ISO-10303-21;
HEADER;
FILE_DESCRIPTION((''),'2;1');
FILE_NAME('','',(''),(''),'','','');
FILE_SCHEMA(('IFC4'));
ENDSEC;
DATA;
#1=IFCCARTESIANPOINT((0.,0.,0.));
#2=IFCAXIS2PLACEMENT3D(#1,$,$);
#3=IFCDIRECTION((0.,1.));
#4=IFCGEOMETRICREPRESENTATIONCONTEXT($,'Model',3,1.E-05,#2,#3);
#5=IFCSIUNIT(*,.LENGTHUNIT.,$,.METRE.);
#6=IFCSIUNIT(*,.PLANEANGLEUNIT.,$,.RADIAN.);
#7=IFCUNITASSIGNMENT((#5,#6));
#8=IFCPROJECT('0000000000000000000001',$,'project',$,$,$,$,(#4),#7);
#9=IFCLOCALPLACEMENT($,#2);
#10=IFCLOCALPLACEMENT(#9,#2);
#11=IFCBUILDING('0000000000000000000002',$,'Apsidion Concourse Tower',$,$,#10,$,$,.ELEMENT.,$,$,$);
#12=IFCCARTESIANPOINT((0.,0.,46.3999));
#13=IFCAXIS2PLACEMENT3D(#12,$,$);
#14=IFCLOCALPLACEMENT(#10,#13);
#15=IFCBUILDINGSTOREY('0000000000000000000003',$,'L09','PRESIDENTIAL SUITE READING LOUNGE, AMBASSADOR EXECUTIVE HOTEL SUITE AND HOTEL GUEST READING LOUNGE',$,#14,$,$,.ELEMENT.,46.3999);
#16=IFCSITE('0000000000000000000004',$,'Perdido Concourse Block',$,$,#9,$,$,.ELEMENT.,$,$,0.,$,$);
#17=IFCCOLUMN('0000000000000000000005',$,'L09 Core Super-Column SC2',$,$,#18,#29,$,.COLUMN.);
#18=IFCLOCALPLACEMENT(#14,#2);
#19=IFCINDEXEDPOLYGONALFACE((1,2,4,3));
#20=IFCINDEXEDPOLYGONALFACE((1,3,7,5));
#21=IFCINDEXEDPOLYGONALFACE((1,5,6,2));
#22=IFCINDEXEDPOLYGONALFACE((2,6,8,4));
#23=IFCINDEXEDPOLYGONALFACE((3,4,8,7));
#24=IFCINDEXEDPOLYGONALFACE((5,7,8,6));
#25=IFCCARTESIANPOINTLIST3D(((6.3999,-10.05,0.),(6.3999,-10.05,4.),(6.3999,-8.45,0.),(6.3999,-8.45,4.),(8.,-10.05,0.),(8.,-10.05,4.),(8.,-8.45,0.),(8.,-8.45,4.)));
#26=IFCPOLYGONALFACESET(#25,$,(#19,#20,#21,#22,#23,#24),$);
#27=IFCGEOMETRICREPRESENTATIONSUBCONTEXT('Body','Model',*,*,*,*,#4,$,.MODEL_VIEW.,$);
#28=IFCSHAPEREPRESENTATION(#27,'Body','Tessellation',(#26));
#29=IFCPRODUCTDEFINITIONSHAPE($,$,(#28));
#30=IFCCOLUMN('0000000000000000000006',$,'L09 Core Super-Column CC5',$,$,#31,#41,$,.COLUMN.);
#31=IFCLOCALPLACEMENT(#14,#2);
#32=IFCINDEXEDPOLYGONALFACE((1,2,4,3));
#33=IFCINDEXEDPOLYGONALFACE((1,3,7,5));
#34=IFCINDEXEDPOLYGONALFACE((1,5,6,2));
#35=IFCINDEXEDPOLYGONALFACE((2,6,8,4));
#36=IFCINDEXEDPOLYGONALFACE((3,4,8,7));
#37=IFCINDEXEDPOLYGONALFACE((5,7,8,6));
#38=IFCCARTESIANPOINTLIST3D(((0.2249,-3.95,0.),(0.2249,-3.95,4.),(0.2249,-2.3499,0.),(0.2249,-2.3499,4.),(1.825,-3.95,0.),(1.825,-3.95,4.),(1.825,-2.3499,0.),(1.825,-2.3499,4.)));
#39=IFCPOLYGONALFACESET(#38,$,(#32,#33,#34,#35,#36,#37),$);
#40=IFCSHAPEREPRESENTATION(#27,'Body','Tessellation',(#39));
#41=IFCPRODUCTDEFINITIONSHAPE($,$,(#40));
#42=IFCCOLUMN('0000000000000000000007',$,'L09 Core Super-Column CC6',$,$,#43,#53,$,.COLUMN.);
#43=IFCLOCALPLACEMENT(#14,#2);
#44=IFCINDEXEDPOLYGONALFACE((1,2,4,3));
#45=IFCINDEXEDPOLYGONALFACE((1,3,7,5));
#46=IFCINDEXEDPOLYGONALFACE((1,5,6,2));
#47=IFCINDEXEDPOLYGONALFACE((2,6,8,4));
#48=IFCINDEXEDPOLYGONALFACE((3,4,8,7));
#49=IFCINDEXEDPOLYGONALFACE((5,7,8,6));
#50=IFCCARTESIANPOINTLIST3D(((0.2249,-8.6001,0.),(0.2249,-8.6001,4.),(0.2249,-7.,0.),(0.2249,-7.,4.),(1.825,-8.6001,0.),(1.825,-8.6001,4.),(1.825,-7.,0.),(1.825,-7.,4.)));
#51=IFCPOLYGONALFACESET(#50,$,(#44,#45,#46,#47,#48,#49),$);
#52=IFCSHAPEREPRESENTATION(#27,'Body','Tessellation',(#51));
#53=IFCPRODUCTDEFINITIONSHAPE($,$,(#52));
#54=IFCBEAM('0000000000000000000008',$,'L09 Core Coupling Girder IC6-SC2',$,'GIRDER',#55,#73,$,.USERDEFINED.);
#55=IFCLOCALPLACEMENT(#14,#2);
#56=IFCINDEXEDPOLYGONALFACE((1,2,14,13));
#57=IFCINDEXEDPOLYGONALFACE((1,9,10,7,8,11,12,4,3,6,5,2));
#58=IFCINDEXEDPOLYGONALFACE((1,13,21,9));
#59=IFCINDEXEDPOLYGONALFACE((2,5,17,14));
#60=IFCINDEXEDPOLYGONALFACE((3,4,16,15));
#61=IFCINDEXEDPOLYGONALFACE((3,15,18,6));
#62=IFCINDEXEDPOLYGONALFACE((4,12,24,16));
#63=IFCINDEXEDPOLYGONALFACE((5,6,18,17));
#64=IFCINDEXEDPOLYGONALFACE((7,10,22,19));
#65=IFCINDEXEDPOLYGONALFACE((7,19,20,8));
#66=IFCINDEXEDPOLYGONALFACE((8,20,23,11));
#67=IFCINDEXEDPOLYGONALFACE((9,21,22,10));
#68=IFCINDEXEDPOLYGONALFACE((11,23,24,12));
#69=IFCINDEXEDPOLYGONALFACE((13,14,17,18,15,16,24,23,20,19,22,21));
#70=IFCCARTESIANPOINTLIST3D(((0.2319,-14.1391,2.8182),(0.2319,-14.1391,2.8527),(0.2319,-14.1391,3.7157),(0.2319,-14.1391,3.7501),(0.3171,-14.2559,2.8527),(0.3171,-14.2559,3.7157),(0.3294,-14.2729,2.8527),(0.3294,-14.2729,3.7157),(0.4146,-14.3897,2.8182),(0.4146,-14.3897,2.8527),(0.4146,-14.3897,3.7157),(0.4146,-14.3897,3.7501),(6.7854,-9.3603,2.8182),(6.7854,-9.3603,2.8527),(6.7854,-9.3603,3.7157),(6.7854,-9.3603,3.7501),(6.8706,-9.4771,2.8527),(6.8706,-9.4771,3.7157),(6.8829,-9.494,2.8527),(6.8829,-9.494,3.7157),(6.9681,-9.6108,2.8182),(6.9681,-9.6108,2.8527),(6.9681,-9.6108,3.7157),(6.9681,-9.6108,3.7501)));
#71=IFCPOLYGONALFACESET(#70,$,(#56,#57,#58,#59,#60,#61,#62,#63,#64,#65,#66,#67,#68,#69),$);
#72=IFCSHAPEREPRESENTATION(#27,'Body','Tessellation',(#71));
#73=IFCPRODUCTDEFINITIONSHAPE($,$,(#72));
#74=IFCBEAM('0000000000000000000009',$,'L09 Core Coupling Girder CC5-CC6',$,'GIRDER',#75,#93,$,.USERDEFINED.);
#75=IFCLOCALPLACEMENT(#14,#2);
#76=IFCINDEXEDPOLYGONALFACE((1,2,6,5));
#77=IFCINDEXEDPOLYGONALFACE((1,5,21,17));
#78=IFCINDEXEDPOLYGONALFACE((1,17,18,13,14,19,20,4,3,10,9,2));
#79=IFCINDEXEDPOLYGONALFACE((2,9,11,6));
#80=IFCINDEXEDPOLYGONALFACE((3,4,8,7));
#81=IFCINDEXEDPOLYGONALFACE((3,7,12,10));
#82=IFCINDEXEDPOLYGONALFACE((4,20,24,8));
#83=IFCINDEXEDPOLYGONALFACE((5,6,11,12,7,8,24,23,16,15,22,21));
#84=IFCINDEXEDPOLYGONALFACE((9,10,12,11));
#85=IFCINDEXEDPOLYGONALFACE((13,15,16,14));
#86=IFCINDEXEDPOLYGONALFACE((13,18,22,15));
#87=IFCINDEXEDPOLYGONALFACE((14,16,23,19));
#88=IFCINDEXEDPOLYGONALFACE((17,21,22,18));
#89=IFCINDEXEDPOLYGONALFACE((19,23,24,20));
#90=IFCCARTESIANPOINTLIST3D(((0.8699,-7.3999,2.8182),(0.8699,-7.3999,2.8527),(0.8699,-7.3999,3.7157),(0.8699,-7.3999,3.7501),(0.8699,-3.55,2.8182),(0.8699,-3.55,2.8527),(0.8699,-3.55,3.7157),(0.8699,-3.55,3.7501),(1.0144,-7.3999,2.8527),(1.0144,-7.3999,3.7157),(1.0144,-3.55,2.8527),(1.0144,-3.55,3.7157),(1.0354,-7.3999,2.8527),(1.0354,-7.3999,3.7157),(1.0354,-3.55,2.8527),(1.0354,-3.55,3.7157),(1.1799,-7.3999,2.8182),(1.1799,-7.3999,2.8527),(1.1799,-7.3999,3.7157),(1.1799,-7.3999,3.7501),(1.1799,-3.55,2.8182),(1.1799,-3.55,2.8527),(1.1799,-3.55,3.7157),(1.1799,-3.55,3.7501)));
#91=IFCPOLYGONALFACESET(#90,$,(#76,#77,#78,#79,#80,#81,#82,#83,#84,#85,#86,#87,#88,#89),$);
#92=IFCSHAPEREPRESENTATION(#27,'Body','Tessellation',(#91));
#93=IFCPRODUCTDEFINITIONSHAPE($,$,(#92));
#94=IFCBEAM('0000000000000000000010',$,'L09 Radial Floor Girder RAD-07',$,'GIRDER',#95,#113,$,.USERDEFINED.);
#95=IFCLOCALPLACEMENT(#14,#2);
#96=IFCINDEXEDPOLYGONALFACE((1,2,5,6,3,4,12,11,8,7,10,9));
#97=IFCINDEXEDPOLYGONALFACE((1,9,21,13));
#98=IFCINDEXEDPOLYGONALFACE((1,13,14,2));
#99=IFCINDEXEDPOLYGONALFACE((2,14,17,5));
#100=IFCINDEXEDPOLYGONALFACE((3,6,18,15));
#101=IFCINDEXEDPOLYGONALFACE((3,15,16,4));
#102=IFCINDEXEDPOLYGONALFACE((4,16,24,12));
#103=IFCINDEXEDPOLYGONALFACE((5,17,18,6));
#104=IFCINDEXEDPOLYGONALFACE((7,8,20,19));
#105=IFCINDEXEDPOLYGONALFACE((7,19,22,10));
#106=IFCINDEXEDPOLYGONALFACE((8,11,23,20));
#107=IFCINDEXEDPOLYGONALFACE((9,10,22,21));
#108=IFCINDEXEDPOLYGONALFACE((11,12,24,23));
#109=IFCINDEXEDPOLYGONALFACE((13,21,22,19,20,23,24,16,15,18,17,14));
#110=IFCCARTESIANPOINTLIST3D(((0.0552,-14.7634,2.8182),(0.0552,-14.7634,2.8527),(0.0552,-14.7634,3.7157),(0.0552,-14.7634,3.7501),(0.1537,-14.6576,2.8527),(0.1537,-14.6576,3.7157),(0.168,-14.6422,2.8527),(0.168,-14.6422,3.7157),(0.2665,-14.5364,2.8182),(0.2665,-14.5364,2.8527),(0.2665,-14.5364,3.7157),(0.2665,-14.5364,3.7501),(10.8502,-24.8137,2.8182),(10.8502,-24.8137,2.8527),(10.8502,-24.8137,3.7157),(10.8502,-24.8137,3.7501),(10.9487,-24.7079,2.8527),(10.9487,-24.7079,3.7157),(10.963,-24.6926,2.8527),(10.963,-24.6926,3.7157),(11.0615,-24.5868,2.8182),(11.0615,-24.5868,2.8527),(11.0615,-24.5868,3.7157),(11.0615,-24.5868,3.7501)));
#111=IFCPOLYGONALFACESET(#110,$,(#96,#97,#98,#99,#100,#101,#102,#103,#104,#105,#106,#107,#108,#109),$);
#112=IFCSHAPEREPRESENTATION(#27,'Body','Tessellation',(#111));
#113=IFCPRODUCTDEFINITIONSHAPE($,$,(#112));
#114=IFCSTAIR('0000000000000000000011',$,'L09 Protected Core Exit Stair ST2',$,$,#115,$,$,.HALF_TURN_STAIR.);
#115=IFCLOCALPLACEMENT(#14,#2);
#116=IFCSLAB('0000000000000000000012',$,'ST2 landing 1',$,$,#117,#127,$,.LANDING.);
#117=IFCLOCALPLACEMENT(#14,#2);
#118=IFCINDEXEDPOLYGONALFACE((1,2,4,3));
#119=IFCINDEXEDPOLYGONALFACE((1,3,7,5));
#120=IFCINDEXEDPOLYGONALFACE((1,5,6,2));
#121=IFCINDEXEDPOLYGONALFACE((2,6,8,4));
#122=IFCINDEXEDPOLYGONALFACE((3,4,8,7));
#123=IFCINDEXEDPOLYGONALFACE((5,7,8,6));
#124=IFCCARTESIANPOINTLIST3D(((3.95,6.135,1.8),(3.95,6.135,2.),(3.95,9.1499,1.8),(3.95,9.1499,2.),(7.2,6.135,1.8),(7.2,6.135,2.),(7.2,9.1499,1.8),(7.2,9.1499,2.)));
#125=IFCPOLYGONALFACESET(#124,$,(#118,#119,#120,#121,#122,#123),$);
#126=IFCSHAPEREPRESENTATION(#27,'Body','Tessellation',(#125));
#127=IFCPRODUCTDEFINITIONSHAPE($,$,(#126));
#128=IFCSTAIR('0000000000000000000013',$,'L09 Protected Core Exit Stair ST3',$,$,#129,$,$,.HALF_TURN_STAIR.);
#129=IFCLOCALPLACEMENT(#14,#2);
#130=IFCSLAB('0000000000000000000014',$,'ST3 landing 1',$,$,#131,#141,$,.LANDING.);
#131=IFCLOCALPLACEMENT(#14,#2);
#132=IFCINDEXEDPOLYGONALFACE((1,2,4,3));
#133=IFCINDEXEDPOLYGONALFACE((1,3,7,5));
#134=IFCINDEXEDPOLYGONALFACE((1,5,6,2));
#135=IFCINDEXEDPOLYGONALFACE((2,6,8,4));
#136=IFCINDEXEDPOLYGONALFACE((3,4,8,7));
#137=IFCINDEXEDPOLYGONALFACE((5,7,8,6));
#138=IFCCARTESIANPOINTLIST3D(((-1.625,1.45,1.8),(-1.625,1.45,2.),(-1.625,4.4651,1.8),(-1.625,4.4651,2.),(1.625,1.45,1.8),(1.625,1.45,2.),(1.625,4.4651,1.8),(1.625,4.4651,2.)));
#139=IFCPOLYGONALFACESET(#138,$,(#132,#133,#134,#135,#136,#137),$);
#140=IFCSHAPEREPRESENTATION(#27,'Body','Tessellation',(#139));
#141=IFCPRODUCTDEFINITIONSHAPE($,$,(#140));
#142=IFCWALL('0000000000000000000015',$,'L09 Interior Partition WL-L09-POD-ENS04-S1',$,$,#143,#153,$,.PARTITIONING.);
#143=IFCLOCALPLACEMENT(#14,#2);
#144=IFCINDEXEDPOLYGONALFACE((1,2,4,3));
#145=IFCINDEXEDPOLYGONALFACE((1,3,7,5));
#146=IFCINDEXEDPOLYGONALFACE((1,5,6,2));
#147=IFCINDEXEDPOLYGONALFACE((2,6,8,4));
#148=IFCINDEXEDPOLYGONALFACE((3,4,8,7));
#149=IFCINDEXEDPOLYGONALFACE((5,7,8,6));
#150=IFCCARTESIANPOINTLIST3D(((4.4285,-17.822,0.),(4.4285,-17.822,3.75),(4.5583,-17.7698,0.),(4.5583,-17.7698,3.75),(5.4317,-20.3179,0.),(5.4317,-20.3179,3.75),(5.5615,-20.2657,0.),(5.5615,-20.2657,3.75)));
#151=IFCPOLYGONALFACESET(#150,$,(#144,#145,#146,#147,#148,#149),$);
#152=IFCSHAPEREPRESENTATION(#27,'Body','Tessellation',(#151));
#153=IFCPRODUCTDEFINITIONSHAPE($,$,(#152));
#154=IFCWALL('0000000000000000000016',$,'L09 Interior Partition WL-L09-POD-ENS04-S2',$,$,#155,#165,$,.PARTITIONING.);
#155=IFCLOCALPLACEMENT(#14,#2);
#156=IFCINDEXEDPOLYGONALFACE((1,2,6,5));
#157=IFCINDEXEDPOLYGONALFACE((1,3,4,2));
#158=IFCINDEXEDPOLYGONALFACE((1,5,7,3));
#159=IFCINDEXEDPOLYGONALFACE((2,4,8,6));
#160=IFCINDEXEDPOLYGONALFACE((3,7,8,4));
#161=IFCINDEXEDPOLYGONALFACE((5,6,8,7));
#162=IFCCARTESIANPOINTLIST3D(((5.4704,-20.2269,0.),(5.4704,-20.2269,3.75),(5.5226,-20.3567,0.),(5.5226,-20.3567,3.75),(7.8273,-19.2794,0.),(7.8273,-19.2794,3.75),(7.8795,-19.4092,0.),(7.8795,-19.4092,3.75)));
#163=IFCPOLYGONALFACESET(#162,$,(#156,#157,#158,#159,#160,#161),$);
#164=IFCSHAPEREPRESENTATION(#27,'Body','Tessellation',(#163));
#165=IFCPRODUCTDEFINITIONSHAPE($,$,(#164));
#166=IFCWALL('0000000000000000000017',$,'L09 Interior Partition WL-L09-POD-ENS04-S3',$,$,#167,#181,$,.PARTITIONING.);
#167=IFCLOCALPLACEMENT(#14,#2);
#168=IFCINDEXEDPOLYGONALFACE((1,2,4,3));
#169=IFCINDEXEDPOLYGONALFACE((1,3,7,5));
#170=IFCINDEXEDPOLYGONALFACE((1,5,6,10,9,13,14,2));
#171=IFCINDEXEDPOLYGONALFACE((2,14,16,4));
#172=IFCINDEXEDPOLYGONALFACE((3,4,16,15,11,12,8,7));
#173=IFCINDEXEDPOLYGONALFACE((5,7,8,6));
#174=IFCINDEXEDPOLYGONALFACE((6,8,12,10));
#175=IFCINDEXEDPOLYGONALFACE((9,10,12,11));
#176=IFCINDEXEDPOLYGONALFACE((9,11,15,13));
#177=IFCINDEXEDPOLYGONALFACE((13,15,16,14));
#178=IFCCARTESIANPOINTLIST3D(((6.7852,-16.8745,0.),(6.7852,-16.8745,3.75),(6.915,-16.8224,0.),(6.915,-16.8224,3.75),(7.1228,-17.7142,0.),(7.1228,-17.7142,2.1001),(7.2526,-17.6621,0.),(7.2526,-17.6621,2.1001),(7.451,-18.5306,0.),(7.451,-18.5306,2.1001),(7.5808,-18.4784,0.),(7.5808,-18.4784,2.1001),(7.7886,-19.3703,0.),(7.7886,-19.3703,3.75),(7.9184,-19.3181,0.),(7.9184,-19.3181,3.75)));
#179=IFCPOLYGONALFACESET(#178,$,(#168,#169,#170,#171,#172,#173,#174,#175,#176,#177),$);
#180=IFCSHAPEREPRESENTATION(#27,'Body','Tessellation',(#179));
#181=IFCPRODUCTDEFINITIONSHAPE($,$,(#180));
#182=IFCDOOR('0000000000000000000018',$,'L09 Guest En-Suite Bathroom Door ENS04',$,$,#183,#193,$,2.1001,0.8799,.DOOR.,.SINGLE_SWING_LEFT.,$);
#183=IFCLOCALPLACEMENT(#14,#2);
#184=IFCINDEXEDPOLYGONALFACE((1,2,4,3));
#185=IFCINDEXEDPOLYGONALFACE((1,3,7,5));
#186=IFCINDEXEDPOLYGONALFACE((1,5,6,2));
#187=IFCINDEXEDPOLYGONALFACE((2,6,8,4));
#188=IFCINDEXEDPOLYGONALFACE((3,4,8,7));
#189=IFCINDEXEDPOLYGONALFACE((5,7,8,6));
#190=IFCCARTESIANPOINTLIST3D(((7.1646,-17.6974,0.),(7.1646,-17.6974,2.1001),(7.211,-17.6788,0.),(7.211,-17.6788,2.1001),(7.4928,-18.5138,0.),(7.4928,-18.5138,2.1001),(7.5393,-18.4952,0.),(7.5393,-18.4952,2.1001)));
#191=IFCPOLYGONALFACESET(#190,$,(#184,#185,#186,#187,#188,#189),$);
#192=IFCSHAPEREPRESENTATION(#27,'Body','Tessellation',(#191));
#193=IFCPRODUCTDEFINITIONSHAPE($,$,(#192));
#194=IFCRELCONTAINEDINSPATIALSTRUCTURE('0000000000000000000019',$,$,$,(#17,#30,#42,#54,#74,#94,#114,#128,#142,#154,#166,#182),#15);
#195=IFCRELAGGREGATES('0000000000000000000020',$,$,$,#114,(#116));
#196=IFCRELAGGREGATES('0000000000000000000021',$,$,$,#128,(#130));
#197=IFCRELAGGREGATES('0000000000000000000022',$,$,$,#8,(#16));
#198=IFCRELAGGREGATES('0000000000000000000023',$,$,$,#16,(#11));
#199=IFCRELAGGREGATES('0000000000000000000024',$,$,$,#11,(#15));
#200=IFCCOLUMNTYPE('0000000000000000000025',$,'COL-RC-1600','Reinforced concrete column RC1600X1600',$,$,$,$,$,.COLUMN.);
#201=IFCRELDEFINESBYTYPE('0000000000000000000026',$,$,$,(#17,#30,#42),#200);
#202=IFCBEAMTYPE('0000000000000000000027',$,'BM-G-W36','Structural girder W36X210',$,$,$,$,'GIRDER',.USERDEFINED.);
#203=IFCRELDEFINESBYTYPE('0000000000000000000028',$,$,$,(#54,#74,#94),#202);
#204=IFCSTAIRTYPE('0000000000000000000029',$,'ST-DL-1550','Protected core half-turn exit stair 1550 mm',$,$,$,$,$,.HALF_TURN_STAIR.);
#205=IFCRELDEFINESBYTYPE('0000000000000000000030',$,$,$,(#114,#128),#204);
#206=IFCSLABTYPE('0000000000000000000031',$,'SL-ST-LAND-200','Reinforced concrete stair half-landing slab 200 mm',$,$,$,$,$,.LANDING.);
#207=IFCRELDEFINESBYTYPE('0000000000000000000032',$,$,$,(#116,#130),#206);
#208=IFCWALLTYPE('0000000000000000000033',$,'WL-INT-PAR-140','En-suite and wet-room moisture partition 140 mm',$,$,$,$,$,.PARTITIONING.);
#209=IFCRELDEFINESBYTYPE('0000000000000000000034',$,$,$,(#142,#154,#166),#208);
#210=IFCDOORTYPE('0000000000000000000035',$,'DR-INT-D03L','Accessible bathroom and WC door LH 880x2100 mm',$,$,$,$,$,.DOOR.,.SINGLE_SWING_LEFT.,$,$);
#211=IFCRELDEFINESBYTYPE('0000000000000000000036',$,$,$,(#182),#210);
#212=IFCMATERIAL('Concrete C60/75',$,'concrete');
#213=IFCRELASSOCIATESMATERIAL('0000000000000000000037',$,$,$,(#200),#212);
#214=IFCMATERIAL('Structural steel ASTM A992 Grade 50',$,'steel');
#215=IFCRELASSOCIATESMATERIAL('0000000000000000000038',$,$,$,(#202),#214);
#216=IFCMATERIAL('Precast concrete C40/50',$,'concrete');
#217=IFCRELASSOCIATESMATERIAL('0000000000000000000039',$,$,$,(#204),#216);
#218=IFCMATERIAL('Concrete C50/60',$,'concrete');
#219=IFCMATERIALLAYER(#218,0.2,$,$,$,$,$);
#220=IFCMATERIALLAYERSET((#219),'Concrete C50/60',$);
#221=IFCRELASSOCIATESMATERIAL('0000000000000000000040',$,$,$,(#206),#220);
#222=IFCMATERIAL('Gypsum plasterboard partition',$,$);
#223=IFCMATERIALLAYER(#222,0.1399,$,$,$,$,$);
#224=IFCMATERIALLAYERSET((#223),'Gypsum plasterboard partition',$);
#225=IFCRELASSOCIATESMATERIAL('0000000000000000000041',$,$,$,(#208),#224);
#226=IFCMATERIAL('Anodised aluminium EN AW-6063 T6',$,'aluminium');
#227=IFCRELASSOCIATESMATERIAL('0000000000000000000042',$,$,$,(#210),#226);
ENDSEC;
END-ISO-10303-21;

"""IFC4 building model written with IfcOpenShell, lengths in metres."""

from ifc_helpers import new_model, si_unit, direction, frame, frame_2d, origin, origin_2d, place, context, subcontext, project, spatial, polyline, rectangle, i_section, outline, extrude, material, layer, layer_set, material_profile, profile_set, type_object, element, fill, aggregate, save


model = new_model("IFC4")

# Units and contexts
model_context = context("Model", 3, precision=1e-05, world=origin(), true_north=direction((0.0, 1.0)))
body_context = subcontext(model_context, "Body", "Model", "MODEL_VIEW")
ifc_project = project(units=[si_unit("LENGTHUNIT", "METRE"), si_unit("PLANEANGLEUNIT", "RADIAN")], contexts=[model_context])

# Site, building, storey
site_placement = place(None, origin())
site = spatial("IfcSite", under=ifc_project, at=site_placement, Name="Perdido Concourse Block", CompositionType="ELEMENT", RefElevation=0.0)
building_placement = place(site_placement, origin())
building = spatial("IfcBuilding", under=site, at=building_placement, Name="Apsidion Concourse Tower", CompositionType="ELEMENT")
storey_placement = place(building_placement, frame((0.0, 0.0, 46.3999)))
storey = spatial("IfcBuildingStorey", under=building, at=storey_placement, Name="L09", Description="PRESIDENTIAL SUITE READING LOUNGE, AMBASSADOR EXECUTIVE HOTEL SUITE AND HOTEL GUEST READING LOUNGE", CompositionType="ELEMENT", Elevation=46.3999)

# Columns
ifc_material_1 = material(Name="Concrete C60/75", Category="concrete")
ifc_material_profile_1 = material_profile(ifc_material_1, rectangle(XDim=1.6001, YDim=1.6001, at=origin_2d()), Name="RC 1600x1600")
ifc_profile_set_1 = profile_set([ifc_material_profile_1], Name="Concrete C60/75")
column_type = type_object("IfcColumnType", Name="COL-RC-1600", Description="Reinforced concrete column RC1600X1600", PredefinedType="COLUMN", material=ifc_profile_set_1)
for number, where, z_axis, x_axis, name in (
    (1, (7.2, -9.25, 0.0), (0.0, 0.0, 1.0), (1.0, 0.0, 0.0), "L09 Core Super-Column SC2"),
    (2, (1.0249, -3.1499, 0.0), (0.0, 0.0, 1.0), (1.0, 0.0, 0.0), "L09 Core Super-Column CC5"),
    (3, (1.0249, -7.8, 0.0), (0.0, 0.0, 1.0), (1.0, 0.0, 0.0), "L09 Core Super-Column CC6"),
):
    element("IfcColumn", number, at=place(storey_placement, frame(where, z_axis=z_axis, x_axis=x_axis)), inside=storey, type_object=column_type, Name=name, PredefinedType="COLUMN", context=body_context, shape_type="SweptSolid", body=[
        extrude(rectangle(XDim=1.6001, YDim=1.6001, at=origin_2d()), origin(), (0.0, 0.0, 1.0), 4.0),
    ])

# Beams
ifc_material_2 = material(Name="Structural steel ASTM A992 Grade 50", Category="steel")
ifc_material_profile_2 = material_profile(ifc_material_2, i_section(OverallWidth=0.3101, OverallDepth=0.9319, WebThickness=0.021, FlangeThickness=0.0344, at=origin_2d()), Name="W36X210")
ifc_profile_set_2 = profile_set([ifc_material_profile_2], Name="Structural steel ASTM A992 Grade 50")
beam_type = type_object("IfcBeamType", Name="BM-G-W36", Description="Structural girder W36X210", ElementType="GIRDER", PredefinedType="USERDEFINED", material=ifc_profile_set_2)
beam_1_placement = place(storey_placement, frame((0.3232, -14.2644, 3.2842), z_axis=(0.807993, 0.589191, 0.0), x_axis=(-0.589191, 0.807993, 0.0)))
element("IfcBeam", 4, at=beam_1_placement, inside=storey, type_object=beam_type, Name="L09 Core Coupling Girder IC6-SC2", ObjectType="GIRDER", PredefinedType="USERDEFINED", context=body_context, shape_type="SweptSolid", body=[
    extrude(i_section(OverallWidth=0.3101, OverallDepth=0.9319, WebThickness=0.021, FlangeThickness=0.0344, at=origin_2d()), origin(), (0.0, 0.0, 1.0), 8.1108),
])
beam_2_placement = place(storey_placement, frame((1.0249, -3.55, 3.2842), z_axis=(0.0, -1.0, 0.0), x_axis=(1.0, 0.0, 0.0)))
element("IfcBeam", 5, at=beam_2_placement, inside=storey, type_object=beam_type, Name="L09 Core Coupling Girder CC5-CC6", ObjectType="GIRDER", PredefinedType="USERDEFINED", context=body_context, shape_type="SweptSolid", body=[
    extrude(i_section(OverallWidth=0.3101, OverallDepth=0.9319, WebThickness=0.021, FlangeThickness=0.0344, at=origin_2d()), origin(), (0.0, 0.0, 1.0), 3.8499),
])
beam_3_placement = place(storey_placement, frame((0.1609, -14.6499, 3.2842), z_axis=(0.731899, -0.681413, 0.0), x_axis=(0.681413, 0.731899, 0.0)))
element("IfcBeam", 6, at=beam_3_placement, inside=storey, type_object=beam_type, Name="L09 Radial Floor Girder RAD-07", ObjectType="GIRDER", PredefinedType="USERDEFINED", context=body_context, shape_type="SweptSolid", body=[
    extrude(i_section(OverallWidth=0.3101, OverallDepth=0.9319, WebThickness=0.021, FlangeThickness=0.0344, at=origin_2d()), origin(), (0.0, 0.0, 1.0), 14.7493),
])

# Stairs, slabs
ifc_material_3 = material(Name="Precast concrete C40/50", Category="concrete")
stair_type = type_object("IfcStairType", Name="ST-DL-1550", Description="Protected core half-turn exit stair 1550 mm", PredefinedType="HALF_TURN_STAIR", material=ifc_material_3)
stair_1_placement = place(storey_placement, origin())
stair_1 = element("IfcStair", 7, at=stair_1_placement, inside=storey, type_object=stair_type, Name="L09 Protected Core Exit Stair ST2", PredefinedType="HALF_TURN_STAIR")
ifc_material_4 = material(Name="Concrete C50/60", Category="concrete")
ifc_layer_1 = layer(ifc_material_4, 0.2)
ifc_layer_set_1 = layer_set([ifc_layer_1], Name="Concrete C50/60")
slab_type = type_object("IfcSlabType", Name="SL-ST-LAND-200", Description="Reinforced concrete stair half-landing slab 200 mm", PredefinedType="LANDING", material=ifc_layer_set_1)
slab_1_placement = place(storey_placement, frame((0.0, 0.0, 1.8)))
slab_1 = element("IfcSlab", 8, at=slab_1_placement, type_object=slab_type, Name="ST2 landing 1", PredefinedType="LANDING", context=body_context, shape_type="SweptSolid", body=[
    extrude(outline(polyline([(7.2, 6.135), (7.2, 9.1499), (3.95, 9.1499), (3.95, 6.135), (7.2, 6.135)])), origin(), (0.0, 0.0, 1.0), 0.2),
])
aggregate(stair_1, [slab_1])
stair_2_placement = place(storey_placement, origin())
stair_2 = element("IfcStair", 9, at=stair_2_placement, inside=storey, type_object=stair_type, Name="L09 Protected Core Exit Stair ST3", PredefinedType="HALF_TURN_STAIR")
slab_2_placement = place(storey_placement, frame((0.0, 0.0, 1.8)))
slab_2 = element("IfcSlab", 10, at=slab_2_placement, type_object=slab_type, Name="ST3 landing 1", PredefinedType="LANDING", context=body_context, shape_type="SweptSolid", body=[
    extrude(outline(polyline([(-1.625, 4.4651), (-1.625, 1.45), (1.625, 1.45), (1.625, 4.4651), (-1.625, 4.4651)])), origin(), (0.0, 0.0, 1.0), 0.2),
])
aggregate(stair_2, [slab_2])

# Walls
ifc_material_5 = material(Name="Gypsum plasterboard partition")
ifc_layer_2 = layer(ifc_material_5, 0.1399)
ifc_layer_set_2 = layer_set([ifc_layer_2], Name="Gypsum plasterboard partition")
wall_type_1 = type_object("IfcWallType", Name="WL-INT-PAR-140", Description="En-suite and wet-room moisture partition 140 mm", PredefinedType="PARTITIONING", material=ifc_layer_set_2)
wall_1_placement = place(storey_placement, frame((4.4934, -17.7959, 0.0), z_axis=(0.0, 0.0, 1.0), x_axis=(0.372939, -0.927856, 0.0)))
element("IfcWall", 11, at=wall_1_placement, inside=storey, type_object=wall_type_1, Name="L09 Interior Partition WL-L09-POD-ENS04-S1", PredefinedType="PARTITIONING", context=body_context, shape_type="SweptSolid", body=[
    extrude(rectangle(XDim=2.6899, YDim=0.1399, at=frame_2d((1.345, 0.0))), origin(), (0.0, 0.0, 1.0), 3.75),
])
wall_2_placement = place(storey_placement, frame((5.4966, -20.2917, 0.0), z_axis=(0.0, 0.0, 1.0), x_axis=(0.927832, 0.372997, 0.0)))
element("IfcWall", 12, at=wall_2_placement, inside=storey, type_object=wall_type_1, Name="L09 Interior Partition WL-L09-POD-ENS04-S2", PredefinedType="PARTITIONING", context=body_context, shape_type="SweptSolid", body=[
    extrude(rectangle(XDim=2.5403, YDim=0.1399, at=frame_2d((1.27, 0.0))), origin(), (0.0, 0.0, 1.0), 3.75),
])

# Wall, opening, door
wall_3_placement = place(storey_placement, frame((7.8535, -19.3442, 0.0), z_axis=(0.0, 0.0, 1.0), x_axis=(-0.373017, 0.927824, 0.0)))
wall_3 = element("IfcWall", 13, at=wall_3_placement, inside=storey, type_object=wall_type_1, Name="L09 Interior Partition WL-L09-POD-ENS04-S3", PredefinedType="PARTITIONING", context=body_context, shape_type="SweptSolid", body=[
    extrude(rectangle(XDim=2.6899, YDim=0.1399, at=frame_2d((1.345, 0.0))), origin(), (0.0, 0.0, 1.0), 3.75),
])
opening_1_placement = place(wall_3_placement, frame((0.905, 0.0, 0.0)))
opening_1 = element("IfcOpeningElement", 14, at=opening_1_placement, cuts=wall_3, PredefinedType="OPENING", context=body_context, shape_type="SweptSolid", body=[
    extrude(rectangle(XDim=0.8799, YDim=2.1001, at=frame_2d((0.4399, 1.05))), frame((0.0, 0.0801, 0.0), z_axis=(0.0, -1.0, 0.0), x_axis=(1.0, 0.0, 0.0)), (0.0, 0.0, 1.0), 0.1599),
])
ifc_material_6 = material(Name="Anodised aluminium EN AW-6063 T6", Category="aluminium")
door_type_1 = type_object("IfcDoorType", Name="DR-INT-D03L", Description="Accessible bathroom and WC door LH 880x2100 mm", OperationType="SINGLE_SWING_LEFT", PredefinedType="DOOR", material=ifc_material_6)
door_1_placement = place(opening_1_placement, origin())
door_1 = element("IfcDoor", 15, at=door_1_placement, inside=storey, type_object=door_type_1, Name="L09 Guest En-Suite Bathroom Door ENS04", OperationType="SINGLE_SWING_LEFT", OverallHeight=2.1001, OverallWidth=0.8799, PredefinedType="DOOR", context=body_context, shape_type="SweptSolid", body=[
    extrude(rectangle(XDim=0.8799, YDim=2.1001, at=frame_2d((0.4399, 1.05))), frame((0.0, 0.0249, 0.0), z_axis=(0.0, -1.0, 0.0), x_axis=(1.0, 0.0, 0.0)), (0.0, 0.0, 1.0), 0.05),
])
fill(opening_1, door_1)

save(model, "model.ifc")
